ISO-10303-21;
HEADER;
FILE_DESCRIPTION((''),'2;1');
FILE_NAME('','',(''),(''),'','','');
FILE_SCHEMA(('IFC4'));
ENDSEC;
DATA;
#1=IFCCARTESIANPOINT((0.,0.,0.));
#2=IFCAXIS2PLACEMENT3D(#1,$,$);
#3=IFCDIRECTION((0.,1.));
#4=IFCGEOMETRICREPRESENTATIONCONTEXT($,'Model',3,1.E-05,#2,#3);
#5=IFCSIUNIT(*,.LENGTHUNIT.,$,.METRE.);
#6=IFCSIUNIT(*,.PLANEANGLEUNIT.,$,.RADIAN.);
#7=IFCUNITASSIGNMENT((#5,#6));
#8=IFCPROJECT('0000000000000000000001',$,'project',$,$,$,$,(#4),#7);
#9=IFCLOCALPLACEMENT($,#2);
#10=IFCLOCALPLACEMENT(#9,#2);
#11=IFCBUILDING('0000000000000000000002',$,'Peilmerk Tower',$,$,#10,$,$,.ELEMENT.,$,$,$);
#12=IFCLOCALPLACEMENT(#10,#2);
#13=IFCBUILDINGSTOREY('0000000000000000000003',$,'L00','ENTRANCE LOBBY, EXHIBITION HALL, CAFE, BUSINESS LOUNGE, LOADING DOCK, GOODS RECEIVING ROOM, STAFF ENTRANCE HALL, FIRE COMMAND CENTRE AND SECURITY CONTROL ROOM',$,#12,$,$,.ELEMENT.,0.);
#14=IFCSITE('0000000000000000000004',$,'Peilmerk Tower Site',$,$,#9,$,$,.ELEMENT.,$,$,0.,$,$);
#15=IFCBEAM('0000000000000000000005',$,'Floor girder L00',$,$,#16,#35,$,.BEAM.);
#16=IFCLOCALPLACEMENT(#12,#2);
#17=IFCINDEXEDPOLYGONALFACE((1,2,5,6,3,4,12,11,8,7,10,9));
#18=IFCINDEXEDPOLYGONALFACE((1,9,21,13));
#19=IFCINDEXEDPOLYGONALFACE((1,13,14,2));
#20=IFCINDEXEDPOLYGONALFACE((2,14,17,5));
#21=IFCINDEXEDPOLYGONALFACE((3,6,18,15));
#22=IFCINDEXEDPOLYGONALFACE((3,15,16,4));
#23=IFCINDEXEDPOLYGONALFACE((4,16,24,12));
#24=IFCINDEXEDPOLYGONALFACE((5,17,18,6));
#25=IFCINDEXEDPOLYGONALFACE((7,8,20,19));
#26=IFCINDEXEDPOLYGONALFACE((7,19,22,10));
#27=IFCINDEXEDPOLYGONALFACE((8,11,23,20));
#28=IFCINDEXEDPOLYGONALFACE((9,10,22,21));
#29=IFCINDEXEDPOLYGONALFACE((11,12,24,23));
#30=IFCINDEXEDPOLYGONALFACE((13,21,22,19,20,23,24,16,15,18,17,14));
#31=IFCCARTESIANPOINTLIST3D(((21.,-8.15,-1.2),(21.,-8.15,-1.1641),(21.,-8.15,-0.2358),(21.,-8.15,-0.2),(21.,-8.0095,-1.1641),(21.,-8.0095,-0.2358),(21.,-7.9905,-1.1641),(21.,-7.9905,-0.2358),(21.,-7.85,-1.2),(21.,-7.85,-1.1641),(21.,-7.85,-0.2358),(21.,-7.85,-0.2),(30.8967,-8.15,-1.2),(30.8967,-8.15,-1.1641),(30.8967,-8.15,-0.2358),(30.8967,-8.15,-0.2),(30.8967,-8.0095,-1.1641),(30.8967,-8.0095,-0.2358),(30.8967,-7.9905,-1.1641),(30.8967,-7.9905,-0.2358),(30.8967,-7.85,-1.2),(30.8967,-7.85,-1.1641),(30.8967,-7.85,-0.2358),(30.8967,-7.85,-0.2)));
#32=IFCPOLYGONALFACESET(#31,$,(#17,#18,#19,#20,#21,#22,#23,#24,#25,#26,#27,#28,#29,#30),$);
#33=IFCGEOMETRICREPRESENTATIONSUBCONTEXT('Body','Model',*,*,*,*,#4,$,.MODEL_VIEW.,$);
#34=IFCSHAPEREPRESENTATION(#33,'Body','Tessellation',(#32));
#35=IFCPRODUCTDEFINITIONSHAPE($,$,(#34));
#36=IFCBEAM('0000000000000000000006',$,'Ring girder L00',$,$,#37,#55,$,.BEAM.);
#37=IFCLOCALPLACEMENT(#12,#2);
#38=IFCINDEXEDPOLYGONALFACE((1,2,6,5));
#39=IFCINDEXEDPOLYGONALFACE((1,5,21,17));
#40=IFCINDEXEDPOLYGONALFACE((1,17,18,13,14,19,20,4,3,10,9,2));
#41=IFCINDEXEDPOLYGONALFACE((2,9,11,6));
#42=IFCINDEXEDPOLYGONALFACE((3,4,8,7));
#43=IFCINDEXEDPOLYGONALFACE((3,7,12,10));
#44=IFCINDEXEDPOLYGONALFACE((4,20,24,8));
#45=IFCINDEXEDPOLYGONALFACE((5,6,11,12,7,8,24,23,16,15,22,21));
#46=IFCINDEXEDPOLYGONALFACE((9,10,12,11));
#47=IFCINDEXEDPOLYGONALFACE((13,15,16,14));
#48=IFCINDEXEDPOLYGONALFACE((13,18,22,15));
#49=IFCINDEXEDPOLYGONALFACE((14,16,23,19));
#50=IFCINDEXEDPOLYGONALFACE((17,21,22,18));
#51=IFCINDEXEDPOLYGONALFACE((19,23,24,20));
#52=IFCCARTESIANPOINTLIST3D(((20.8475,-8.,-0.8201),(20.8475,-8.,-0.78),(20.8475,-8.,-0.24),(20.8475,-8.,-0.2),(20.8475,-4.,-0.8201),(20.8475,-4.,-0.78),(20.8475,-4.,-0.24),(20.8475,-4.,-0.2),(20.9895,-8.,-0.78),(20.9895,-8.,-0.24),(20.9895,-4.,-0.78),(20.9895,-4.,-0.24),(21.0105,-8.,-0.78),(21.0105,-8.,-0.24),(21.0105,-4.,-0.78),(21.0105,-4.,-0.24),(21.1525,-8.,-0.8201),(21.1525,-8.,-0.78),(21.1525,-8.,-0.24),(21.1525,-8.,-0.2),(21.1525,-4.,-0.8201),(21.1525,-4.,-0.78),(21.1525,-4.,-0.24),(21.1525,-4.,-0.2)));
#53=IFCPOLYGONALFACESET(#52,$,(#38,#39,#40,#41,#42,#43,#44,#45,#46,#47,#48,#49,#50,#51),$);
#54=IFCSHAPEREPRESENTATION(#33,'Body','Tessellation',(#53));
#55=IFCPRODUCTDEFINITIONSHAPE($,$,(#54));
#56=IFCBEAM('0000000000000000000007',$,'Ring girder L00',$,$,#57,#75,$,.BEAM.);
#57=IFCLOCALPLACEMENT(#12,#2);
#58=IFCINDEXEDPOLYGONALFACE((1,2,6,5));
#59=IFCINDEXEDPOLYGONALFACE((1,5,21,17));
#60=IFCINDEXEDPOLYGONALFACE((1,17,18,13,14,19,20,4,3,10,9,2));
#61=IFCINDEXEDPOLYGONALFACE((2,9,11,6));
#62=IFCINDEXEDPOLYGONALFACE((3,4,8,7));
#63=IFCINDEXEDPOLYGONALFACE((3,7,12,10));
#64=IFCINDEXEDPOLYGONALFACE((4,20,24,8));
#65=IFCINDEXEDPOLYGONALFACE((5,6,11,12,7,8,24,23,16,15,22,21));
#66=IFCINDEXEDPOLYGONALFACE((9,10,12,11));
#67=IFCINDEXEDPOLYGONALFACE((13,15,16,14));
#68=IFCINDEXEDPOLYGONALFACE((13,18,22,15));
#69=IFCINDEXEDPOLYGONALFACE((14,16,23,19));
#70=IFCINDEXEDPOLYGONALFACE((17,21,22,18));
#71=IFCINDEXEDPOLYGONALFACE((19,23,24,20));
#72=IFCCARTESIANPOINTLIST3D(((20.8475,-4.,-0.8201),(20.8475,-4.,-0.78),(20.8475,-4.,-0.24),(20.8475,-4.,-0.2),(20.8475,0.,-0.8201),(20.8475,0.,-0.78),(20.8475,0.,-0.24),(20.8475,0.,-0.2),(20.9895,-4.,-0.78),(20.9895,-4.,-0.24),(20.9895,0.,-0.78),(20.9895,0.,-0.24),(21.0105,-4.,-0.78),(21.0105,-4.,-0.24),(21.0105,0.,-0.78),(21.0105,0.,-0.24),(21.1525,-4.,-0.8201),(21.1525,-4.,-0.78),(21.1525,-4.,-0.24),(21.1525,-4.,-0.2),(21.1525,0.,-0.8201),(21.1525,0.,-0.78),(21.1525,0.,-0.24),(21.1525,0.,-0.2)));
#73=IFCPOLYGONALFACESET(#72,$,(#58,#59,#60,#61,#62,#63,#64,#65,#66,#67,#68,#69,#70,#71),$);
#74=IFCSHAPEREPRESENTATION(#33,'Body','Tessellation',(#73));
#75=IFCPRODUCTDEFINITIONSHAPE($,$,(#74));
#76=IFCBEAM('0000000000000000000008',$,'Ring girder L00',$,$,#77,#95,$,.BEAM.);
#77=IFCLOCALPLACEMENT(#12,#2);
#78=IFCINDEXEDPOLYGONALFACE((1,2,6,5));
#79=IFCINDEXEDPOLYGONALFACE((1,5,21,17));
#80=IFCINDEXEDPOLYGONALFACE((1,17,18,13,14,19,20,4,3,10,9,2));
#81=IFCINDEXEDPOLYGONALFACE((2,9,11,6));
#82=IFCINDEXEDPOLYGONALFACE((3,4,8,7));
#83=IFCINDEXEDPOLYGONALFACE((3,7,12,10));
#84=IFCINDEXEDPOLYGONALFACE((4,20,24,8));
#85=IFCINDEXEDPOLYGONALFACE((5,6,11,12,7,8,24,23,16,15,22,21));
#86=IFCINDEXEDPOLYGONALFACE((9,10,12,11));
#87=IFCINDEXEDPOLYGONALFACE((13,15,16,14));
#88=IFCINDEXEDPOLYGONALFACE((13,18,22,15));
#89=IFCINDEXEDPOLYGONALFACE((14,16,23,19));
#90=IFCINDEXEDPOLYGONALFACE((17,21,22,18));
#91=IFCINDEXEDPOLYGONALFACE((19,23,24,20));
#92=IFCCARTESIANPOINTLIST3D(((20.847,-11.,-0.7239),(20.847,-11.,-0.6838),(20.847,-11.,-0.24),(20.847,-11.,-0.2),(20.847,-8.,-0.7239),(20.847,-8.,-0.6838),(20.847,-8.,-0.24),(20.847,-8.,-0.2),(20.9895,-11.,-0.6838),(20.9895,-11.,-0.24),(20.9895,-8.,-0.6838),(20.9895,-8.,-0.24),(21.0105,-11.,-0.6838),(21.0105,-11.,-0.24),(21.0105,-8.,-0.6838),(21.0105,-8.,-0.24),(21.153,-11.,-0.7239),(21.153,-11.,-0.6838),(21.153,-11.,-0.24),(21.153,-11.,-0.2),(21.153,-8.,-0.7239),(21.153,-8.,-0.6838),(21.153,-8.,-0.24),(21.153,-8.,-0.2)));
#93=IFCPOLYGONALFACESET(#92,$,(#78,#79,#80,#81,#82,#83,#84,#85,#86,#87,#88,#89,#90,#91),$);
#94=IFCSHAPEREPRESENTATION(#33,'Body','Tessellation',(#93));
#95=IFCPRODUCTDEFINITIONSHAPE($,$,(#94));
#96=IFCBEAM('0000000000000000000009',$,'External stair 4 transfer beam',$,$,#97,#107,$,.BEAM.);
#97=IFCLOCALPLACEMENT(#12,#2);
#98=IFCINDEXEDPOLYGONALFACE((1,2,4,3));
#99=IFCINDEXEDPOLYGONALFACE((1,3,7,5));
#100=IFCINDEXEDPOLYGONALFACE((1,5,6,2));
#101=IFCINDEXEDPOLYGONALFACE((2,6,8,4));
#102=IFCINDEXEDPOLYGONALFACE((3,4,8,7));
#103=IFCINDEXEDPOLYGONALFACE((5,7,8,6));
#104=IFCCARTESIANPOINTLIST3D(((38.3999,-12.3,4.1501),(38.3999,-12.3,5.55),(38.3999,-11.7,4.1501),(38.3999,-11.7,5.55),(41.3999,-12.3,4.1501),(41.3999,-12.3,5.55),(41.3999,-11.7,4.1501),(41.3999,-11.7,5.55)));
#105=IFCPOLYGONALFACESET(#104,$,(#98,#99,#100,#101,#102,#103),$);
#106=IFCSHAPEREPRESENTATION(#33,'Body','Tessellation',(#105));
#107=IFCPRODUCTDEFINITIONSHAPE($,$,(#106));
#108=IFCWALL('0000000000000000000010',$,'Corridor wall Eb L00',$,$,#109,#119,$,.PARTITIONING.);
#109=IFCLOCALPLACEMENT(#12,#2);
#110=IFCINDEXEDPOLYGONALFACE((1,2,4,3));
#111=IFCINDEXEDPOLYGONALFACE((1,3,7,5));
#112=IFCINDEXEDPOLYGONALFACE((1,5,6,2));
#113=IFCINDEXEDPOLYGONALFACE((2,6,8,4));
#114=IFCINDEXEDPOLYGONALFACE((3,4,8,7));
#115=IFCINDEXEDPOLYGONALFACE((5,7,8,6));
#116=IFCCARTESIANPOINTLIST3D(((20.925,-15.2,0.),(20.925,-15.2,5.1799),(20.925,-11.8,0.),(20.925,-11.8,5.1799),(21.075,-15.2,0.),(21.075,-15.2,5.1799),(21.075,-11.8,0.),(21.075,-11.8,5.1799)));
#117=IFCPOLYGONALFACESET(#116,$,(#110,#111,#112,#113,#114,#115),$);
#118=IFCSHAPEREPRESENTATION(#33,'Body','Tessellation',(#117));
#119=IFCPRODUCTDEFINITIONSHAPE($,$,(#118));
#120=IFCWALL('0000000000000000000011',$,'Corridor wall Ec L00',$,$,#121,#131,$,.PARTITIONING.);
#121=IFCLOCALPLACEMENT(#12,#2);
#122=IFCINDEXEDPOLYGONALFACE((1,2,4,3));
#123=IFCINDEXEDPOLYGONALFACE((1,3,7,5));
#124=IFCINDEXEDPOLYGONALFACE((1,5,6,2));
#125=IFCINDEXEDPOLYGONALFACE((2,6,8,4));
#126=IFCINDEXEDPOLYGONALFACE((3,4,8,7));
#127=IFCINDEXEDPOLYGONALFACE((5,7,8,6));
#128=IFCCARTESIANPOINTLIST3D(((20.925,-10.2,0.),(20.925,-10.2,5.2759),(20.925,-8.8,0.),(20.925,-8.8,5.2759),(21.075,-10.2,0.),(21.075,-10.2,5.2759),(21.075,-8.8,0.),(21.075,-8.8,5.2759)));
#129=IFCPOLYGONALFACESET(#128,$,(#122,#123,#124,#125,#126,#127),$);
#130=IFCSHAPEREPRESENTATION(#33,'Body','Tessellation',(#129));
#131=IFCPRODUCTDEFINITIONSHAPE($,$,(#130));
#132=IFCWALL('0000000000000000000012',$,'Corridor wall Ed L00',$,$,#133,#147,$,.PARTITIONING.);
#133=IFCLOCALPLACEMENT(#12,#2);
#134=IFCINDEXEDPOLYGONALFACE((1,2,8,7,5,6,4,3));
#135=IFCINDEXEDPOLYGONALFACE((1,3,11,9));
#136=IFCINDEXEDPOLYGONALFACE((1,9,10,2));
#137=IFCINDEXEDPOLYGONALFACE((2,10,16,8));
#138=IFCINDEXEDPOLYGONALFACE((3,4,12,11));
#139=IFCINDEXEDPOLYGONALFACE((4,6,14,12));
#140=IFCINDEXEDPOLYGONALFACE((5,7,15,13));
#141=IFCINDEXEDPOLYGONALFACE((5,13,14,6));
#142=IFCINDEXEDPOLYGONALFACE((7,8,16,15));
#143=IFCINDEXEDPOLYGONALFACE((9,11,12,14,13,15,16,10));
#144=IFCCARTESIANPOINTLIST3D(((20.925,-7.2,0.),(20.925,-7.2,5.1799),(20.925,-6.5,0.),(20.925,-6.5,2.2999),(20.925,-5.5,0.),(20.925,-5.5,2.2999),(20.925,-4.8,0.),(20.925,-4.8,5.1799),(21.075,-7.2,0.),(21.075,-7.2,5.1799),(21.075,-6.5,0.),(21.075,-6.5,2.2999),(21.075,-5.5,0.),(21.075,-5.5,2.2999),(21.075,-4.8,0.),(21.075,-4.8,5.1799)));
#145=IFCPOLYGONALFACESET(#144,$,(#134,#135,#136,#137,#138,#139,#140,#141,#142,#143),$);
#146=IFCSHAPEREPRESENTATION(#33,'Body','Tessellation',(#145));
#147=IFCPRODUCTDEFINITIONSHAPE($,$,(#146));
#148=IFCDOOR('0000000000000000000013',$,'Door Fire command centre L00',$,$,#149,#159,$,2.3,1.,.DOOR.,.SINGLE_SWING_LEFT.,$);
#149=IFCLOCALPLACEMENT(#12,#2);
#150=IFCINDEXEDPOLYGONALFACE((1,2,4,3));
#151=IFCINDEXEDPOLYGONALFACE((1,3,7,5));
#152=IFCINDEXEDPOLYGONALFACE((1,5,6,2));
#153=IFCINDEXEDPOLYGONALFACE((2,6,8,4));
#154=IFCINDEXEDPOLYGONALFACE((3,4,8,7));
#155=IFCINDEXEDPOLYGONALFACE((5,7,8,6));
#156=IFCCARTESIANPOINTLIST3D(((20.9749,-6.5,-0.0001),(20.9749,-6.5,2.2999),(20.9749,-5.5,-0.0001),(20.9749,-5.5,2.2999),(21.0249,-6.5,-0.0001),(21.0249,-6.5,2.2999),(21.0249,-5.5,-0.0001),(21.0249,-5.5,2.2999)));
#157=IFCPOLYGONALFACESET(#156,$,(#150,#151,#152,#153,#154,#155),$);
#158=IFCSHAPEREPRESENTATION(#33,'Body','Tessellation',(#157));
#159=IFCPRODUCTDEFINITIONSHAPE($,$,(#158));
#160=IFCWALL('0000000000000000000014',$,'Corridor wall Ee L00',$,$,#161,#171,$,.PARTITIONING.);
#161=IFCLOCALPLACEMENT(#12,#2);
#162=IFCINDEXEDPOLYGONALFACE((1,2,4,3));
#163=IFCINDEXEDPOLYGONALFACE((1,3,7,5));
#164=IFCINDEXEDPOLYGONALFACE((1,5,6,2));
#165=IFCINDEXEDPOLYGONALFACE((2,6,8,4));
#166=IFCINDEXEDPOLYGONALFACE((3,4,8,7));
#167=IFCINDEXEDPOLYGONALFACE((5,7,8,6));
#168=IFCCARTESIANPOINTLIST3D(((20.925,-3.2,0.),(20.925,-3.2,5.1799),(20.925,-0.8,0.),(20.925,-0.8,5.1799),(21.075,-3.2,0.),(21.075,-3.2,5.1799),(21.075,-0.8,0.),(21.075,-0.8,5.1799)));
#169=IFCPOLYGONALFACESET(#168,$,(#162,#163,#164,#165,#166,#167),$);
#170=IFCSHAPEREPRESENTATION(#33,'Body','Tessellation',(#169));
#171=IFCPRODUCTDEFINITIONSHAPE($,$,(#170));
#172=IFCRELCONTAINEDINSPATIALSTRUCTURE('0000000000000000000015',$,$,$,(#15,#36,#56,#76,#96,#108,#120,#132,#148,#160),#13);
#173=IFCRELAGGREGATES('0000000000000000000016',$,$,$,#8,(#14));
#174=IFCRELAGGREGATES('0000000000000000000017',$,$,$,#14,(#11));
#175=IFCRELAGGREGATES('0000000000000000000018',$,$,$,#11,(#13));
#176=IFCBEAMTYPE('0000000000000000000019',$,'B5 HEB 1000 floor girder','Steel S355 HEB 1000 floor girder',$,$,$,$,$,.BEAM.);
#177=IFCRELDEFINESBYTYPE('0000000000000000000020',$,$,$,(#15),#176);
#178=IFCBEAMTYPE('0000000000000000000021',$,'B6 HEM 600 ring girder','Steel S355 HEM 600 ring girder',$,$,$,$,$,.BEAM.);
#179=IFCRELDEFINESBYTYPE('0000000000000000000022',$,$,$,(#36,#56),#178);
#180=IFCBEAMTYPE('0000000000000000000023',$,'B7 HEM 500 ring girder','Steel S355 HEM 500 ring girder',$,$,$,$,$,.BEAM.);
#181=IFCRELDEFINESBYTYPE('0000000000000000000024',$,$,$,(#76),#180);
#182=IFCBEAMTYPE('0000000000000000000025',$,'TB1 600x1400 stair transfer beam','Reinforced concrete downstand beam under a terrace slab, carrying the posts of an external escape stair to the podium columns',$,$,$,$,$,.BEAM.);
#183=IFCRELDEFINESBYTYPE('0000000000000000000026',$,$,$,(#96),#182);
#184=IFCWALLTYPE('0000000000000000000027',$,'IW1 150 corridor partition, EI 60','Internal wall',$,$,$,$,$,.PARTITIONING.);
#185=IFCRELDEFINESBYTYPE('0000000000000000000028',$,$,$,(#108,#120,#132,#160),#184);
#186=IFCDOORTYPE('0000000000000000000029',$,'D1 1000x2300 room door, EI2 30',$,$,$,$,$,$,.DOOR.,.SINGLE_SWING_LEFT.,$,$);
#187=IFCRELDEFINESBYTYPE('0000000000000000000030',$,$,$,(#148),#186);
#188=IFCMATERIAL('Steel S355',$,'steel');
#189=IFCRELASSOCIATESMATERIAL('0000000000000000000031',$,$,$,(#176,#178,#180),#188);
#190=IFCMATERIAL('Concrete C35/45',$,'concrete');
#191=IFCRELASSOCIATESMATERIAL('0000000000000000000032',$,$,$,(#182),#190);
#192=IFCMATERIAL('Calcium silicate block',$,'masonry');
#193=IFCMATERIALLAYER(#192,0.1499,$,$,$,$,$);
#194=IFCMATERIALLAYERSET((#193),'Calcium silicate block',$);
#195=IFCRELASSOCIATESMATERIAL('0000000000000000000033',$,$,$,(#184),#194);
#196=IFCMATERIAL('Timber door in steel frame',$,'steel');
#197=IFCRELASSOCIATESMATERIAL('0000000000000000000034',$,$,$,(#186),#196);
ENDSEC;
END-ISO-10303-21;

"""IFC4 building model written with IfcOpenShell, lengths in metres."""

from ifc_helpers import new_model, si_unit, direction, frame, frame_2d, origin, origin_2d, place, context, subcontext, project, spatial, rectangle, i_section, extrude, material, layer, layer_set, material_profile, profile_set, type_object, element, fill, save


model = new_model("IFC4")

# Units and contexts
model_context = context("Model", 3, precision=1e-05, world=origin(), true_north=direction((0.0, 1.0)))
body_context = subcontext(model_context, "Body", "Model", "MODEL_VIEW")
ifc_project = project(units=[si_unit("LENGTHUNIT", "METRE"), si_unit("PLANEANGLEUNIT", "RADIAN")], contexts=[model_context])

# Site, building, storey
site_placement = place(None, origin())
site = spatial("IfcSite", under=ifc_project, at=site_placement, Name="Peilmerk Tower Site", CompositionType="ELEMENT", RefElevation=0.0)
building_placement = place(site_placement, origin())
building = spatial("IfcBuilding", under=site, at=building_placement, Name="Peilmerk Tower", CompositionType="ELEMENT")
storey_placement = place(building_placement, origin())
storey = spatial("IfcBuildingStorey", under=building, at=storey_placement, Name="L00", Description="ENTRANCE LOBBY, EXHIBITION HALL, CAFE, BUSINESS LOUNGE, LOADING DOCK, GOODS RECEIVING ROOM, STAFF ENTRANCE HALL, FIRE COMMAND CENTRE AND SECURITY CONTROL ROOM", CompositionType="ELEMENT", Elevation=0.0)

# Beams
ifc_material_1 = material(Name="Steel S355", Category="steel")
ifc_material_profile_1 = material_profile(ifc_material_1, i_section(OverallWidth=0.3, OverallDepth=1.0, WebThickness=0.019, FlangeThickness=0.0359, at=origin_2d()), Name="HEB 1000")
ifc_profile_set_1 = profile_set([ifc_material_profile_1], Name="Steel S355")
beam_type_1 = type_object("IfcBeamType", Name="B5 HEB 1000 floor girder", Description="Steel S355 HEB 1000 floor girder", PredefinedType="BEAM", material=ifc_profile_set_1)
beam_1_placement = place(storey_placement, frame((21.0, -8.0, -0.7), z_axis=(1.0, 0.0, 0.0), x_axis=(0.0, 1.0, 0.0)))
element("IfcBeam", 1, at=beam_1_placement, inside=storey, type_object=beam_type_1, Name="Floor girder L00", PredefinedType="BEAM", context=body_context, shape_type="SweptSolid", body=[
    extrude(i_section(OverallWidth=0.3, OverallDepth=1.0, WebThickness=0.019, FlangeThickness=0.0359, at=origin_2d()), origin(), (0.0, 0.0, 1.0), 9.8967),
])
ifc_material_profile_2 = material_profile(ifc_material_1, i_section(OverallWidth=0.3049, OverallDepth=0.6201, WebThickness=0.021, FlangeThickness=0.04, at=origin_2d()), Name="HEM 600")
ifc_profile_set_2 = profile_set([ifc_material_profile_2], Name="Steel S355")
beam_type_2 = type_object("IfcBeamType", Name="B6 HEM 600 ring girder", Description="Steel S355 HEM 600 ring girder", PredefinedType="BEAM", material=ifc_profile_set_2)
for number, where, z_axis, x_axis, name in (
    (2, (21.0, -8.0, -0.51), (0.0, 1.0, 0.0), (-1.0, 0.0, 0.0), "Ring girder L00"),
    (3, (21.0, -4.0, -0.51), (0.0, 1.0, 0.0), (-1.0, 0.0, 0.0), "Ring girder L00"),
):
    element("IfcBeam", number, at=place(storey_placement, frame(where, z_axis=z_axis, x_axis=x_axis)), inside=storey, type_object=beam_type_2, Name=name, PredefinedType="BEAM", context=body_context, shape_type="SweptSolid", body=[
        extrude(i_section(OverallWidth=0.3049, OverallDepth=0.6201, WebThickness=0.021, FlangeThickness=0.04, at=origin_2d()), origin(), (0.0, 0.0, 1.0), 4.0),
    ])
ifc_material_profile_3 = material_profile(ifc_material_1, i_section(OverallWidth=0.3059, OverallDepth=0.5239, WebThickness=0.021, FlangeThickness=0.04, at=origin_2d()), Name="HEM 500")
ifc_profile_set_3 = profile_set([ifc_material_profile_3], Name="Steel S355")
beam_type_3 = type_object("IfcBeamType", Name="B7 HEM 500 ring girder", Description="Steel S355 HEM 500 ring girder", PredefinedType="BEAM", material=ifc_profile_set_3)
beam_2_placement = place(storey_placement, frame((21.0, -11.0, -0.4619), z_axis=(0.0, 1.0, 0.0), x_axis=(-1.0, 0.0, 0.0)))
element("IfcBeam", 4, at=beam_2_placement, inside=storey, type_object=beam_type_3, Name="Ring girder L00", PredefinedType="BEAM", context=body_context, shape_type="SweptSolid", body=[
    extrude(i_section(OverallWidth=0.3059, OverallDepth=0.5239, WebThickness=0.021, FlangeThickness=0.04, at=origin_2d()), origin(), (0.0, 0.0, 1.0), 3.0),
])
ifc_material_2 = material(Name="Concrete C35/45", Category="concrete")
ifc_material_profile_4 = material_profile(ifc_material_2, rectangle(XDim=0.6001, YDim=1.3999, at=origin_2d()), Name="RC 600x1400")
ifc_profile_set_4 = profile_set([ifc_material_profile_4], Name="Concrete C35/45")
beam_type_4 = type_object("IfcBeamType", Name="TB1 600x1400 stair transfer beam", Description="Reinforced concrete downstand beam under a terrace slab, carrying the posts of an external escape stair to the podium columns", PredefinedType="BEAM", material=ifc_profile_set_4)
beam_3_placement = place(storey_placement, frame((38.3999, -12.0, 4.8501), z_axis=(1.0, 0.0, 0.0), x_axis=(0.0, 1.0, 0.0)))
element("IfcBeam", 5, at=beam_3_placement, inside=storey, type_object=beam_type_4, Name="External stair 4 transfer beam", PredefinedType="BEAM", context=body_context, shape_type="SweptSolid", body=[
    extrude(rectangle(XDim=0.6001, YDim=1.3999, at=origin_2d()), origin(), (0.0, 0.0, 1.0), 3.0),
])

# Walls
ifc_material_3 = material(Name="Calcium silicate block", Category="masonry")
ifc_layer_1 = layer(ifc_material_3, 0.1499)
ifc_layer_set_1 = layer_set([ifc_layer_1], Name="Calcium silicate block")
wall_type_1 = type_object("IfcWallType", Name="IW1 150 corridor partition, EI 60", Description="Internal wall", PredefinedType="PARTITIONING", material=ifc_layer_set_1)
wall_1_placement = place(storey_placement, frame((21.0, -15.2, 0.0), z_axis=(0.0, 0.0, 1.0), x_axis=(0.0, 1.0, 0.0)))
element("IfcWall", 6, at=wall_1_placement, inside=storey, type_object=wall_type_1, Name="Corridor wall Eb L00", PredefinedType="PARTITIONING", context=body_context, shape_type="SweptSolid", body=[
    extrude(rectangle(XDim=3.3999, YDim=0.1499, at=frame_2d((1.7, 0.0))), origin(), (0.0, 0.0, 1.0), 5.1799),
])
wall_2_placement = place(storey_placement, frame((21.0, -10.2, 0.0), z_axis=(0.0, 0.0, 1.0), x_axis=(0.0, 1.0, 0.0)))
element("IfcWall", 7, at=wall_2_placement, inside=storey, type_object=wall_type_1, Name="Corridor wall Ec L00", PredefinedType="PARTITIONING", context=body_context, shape_type="SweptSolid", body=[
    extrude(rectangle(XDim=1.3999, YDim=0.1499, at=frame_2d((0.7, 0.0))), origin(), (0.0, 0.0, 1.0), 5.2759),
])

# Wall, opening, door
wall_3_placement = place(storey_placement, frame((21.0, -7.2, 0.0), z_axis=(0.0, 0.0, 1.0), x_axis=(0.0, 1.0, 0.0)))
wall_3 = element("IfcWall", 8, at=wall_3_placement, inside=storey, type_object=wall_type_1, Name="Corridor wall Ed L00", PredefinedType="PARTITIONING", context=body_context, shape_type="SweptSolid", body=[
    extrude(rectangle(XDim=2.3999, YDim=0.1499, at=frame_2d((1.2, 0.0))), origin(), (0.0, 0.0, 1.0), 5.1799),
])
opening_placement = place(wall_3_placement, frame((0.7, 0.0, 0.0)))
opening = element("IfcOpeningElement", 9, at=opening_placement, cuts=wall_3, PredefinedType="OPENING", context=body_context, shape_type="SweptSolid", body=[
    extrude(rectangle(XDim=1.0, YDim=2.3, at=frame_2d((0.5, 1.1499))), frame((0.0, 0.085, 0.0), z_axis=(0.0, -1.0, 0.0), x_axis=(1.0, 0.0, 0.0)), (0.0, 0.0, 1.0), 0.1699),
])
ifc_material_4 = material(Name="Timber door in steel frame", Category="steel")
door_type = type_object("IfcDoorType", Name="D1 1000x2300 room door, EI2 30", OperationType="SINGLE_SWING_LEFT", PredefinedType="DOOR", material=ifc_material_4)
door_placement = place(opening_placement, frame((1.0, 0.0, 0.0), z_axis=(0.0, 0.0, 1.0), x_axis=(-1.0, 0.0, 0.0)))
door = element("IfcDoor", 10, at=door_placement, inside=storey, type_object=door_type, Name="Door Fire command centre L00", OperationType="SINGLE_SWING_LEFT", OverallHeight=2.3, OverallWidth=1.0, PredefinedType="DOOR", context=body_context, shape_type="SweptSolid", body=[
    extrude(rectangle(XDim=1.0, YDim=2.3, at=frame_2d((0.5, 1.1499))), frame((0.0, 0.0249, 0.0), z_axis=(0.0, -1.0, 0.0), x_axis=(1.0, 0.0, 0.0)), (0.0, 0.0, 1.0), 0.05),
])
fill(opening, door)

# Wall
wall_4_placement = place(storey_placement, frame((21.0, -3.2, 0.0), z_axis=(0.0, 0.0, 1.0), x_axis=(0.0, 1.0, 0.0)))
element("IfcWall", 11, at=wall_4_placement, inside=storey, type_object=wall_type_1, Name="Corridor wall Ee L00", PredefinedType="PARTITIONING", context=body_context, shape_type="SweptSolid", body=[
    extrude(rectangle(XDim=2.3999, YDim=0.1499, at=frame_2d((1.2, 0.0))), origin(), (0.0, 0.0, 1.0), 5.1799),
])

save(model, "model.ifc")
